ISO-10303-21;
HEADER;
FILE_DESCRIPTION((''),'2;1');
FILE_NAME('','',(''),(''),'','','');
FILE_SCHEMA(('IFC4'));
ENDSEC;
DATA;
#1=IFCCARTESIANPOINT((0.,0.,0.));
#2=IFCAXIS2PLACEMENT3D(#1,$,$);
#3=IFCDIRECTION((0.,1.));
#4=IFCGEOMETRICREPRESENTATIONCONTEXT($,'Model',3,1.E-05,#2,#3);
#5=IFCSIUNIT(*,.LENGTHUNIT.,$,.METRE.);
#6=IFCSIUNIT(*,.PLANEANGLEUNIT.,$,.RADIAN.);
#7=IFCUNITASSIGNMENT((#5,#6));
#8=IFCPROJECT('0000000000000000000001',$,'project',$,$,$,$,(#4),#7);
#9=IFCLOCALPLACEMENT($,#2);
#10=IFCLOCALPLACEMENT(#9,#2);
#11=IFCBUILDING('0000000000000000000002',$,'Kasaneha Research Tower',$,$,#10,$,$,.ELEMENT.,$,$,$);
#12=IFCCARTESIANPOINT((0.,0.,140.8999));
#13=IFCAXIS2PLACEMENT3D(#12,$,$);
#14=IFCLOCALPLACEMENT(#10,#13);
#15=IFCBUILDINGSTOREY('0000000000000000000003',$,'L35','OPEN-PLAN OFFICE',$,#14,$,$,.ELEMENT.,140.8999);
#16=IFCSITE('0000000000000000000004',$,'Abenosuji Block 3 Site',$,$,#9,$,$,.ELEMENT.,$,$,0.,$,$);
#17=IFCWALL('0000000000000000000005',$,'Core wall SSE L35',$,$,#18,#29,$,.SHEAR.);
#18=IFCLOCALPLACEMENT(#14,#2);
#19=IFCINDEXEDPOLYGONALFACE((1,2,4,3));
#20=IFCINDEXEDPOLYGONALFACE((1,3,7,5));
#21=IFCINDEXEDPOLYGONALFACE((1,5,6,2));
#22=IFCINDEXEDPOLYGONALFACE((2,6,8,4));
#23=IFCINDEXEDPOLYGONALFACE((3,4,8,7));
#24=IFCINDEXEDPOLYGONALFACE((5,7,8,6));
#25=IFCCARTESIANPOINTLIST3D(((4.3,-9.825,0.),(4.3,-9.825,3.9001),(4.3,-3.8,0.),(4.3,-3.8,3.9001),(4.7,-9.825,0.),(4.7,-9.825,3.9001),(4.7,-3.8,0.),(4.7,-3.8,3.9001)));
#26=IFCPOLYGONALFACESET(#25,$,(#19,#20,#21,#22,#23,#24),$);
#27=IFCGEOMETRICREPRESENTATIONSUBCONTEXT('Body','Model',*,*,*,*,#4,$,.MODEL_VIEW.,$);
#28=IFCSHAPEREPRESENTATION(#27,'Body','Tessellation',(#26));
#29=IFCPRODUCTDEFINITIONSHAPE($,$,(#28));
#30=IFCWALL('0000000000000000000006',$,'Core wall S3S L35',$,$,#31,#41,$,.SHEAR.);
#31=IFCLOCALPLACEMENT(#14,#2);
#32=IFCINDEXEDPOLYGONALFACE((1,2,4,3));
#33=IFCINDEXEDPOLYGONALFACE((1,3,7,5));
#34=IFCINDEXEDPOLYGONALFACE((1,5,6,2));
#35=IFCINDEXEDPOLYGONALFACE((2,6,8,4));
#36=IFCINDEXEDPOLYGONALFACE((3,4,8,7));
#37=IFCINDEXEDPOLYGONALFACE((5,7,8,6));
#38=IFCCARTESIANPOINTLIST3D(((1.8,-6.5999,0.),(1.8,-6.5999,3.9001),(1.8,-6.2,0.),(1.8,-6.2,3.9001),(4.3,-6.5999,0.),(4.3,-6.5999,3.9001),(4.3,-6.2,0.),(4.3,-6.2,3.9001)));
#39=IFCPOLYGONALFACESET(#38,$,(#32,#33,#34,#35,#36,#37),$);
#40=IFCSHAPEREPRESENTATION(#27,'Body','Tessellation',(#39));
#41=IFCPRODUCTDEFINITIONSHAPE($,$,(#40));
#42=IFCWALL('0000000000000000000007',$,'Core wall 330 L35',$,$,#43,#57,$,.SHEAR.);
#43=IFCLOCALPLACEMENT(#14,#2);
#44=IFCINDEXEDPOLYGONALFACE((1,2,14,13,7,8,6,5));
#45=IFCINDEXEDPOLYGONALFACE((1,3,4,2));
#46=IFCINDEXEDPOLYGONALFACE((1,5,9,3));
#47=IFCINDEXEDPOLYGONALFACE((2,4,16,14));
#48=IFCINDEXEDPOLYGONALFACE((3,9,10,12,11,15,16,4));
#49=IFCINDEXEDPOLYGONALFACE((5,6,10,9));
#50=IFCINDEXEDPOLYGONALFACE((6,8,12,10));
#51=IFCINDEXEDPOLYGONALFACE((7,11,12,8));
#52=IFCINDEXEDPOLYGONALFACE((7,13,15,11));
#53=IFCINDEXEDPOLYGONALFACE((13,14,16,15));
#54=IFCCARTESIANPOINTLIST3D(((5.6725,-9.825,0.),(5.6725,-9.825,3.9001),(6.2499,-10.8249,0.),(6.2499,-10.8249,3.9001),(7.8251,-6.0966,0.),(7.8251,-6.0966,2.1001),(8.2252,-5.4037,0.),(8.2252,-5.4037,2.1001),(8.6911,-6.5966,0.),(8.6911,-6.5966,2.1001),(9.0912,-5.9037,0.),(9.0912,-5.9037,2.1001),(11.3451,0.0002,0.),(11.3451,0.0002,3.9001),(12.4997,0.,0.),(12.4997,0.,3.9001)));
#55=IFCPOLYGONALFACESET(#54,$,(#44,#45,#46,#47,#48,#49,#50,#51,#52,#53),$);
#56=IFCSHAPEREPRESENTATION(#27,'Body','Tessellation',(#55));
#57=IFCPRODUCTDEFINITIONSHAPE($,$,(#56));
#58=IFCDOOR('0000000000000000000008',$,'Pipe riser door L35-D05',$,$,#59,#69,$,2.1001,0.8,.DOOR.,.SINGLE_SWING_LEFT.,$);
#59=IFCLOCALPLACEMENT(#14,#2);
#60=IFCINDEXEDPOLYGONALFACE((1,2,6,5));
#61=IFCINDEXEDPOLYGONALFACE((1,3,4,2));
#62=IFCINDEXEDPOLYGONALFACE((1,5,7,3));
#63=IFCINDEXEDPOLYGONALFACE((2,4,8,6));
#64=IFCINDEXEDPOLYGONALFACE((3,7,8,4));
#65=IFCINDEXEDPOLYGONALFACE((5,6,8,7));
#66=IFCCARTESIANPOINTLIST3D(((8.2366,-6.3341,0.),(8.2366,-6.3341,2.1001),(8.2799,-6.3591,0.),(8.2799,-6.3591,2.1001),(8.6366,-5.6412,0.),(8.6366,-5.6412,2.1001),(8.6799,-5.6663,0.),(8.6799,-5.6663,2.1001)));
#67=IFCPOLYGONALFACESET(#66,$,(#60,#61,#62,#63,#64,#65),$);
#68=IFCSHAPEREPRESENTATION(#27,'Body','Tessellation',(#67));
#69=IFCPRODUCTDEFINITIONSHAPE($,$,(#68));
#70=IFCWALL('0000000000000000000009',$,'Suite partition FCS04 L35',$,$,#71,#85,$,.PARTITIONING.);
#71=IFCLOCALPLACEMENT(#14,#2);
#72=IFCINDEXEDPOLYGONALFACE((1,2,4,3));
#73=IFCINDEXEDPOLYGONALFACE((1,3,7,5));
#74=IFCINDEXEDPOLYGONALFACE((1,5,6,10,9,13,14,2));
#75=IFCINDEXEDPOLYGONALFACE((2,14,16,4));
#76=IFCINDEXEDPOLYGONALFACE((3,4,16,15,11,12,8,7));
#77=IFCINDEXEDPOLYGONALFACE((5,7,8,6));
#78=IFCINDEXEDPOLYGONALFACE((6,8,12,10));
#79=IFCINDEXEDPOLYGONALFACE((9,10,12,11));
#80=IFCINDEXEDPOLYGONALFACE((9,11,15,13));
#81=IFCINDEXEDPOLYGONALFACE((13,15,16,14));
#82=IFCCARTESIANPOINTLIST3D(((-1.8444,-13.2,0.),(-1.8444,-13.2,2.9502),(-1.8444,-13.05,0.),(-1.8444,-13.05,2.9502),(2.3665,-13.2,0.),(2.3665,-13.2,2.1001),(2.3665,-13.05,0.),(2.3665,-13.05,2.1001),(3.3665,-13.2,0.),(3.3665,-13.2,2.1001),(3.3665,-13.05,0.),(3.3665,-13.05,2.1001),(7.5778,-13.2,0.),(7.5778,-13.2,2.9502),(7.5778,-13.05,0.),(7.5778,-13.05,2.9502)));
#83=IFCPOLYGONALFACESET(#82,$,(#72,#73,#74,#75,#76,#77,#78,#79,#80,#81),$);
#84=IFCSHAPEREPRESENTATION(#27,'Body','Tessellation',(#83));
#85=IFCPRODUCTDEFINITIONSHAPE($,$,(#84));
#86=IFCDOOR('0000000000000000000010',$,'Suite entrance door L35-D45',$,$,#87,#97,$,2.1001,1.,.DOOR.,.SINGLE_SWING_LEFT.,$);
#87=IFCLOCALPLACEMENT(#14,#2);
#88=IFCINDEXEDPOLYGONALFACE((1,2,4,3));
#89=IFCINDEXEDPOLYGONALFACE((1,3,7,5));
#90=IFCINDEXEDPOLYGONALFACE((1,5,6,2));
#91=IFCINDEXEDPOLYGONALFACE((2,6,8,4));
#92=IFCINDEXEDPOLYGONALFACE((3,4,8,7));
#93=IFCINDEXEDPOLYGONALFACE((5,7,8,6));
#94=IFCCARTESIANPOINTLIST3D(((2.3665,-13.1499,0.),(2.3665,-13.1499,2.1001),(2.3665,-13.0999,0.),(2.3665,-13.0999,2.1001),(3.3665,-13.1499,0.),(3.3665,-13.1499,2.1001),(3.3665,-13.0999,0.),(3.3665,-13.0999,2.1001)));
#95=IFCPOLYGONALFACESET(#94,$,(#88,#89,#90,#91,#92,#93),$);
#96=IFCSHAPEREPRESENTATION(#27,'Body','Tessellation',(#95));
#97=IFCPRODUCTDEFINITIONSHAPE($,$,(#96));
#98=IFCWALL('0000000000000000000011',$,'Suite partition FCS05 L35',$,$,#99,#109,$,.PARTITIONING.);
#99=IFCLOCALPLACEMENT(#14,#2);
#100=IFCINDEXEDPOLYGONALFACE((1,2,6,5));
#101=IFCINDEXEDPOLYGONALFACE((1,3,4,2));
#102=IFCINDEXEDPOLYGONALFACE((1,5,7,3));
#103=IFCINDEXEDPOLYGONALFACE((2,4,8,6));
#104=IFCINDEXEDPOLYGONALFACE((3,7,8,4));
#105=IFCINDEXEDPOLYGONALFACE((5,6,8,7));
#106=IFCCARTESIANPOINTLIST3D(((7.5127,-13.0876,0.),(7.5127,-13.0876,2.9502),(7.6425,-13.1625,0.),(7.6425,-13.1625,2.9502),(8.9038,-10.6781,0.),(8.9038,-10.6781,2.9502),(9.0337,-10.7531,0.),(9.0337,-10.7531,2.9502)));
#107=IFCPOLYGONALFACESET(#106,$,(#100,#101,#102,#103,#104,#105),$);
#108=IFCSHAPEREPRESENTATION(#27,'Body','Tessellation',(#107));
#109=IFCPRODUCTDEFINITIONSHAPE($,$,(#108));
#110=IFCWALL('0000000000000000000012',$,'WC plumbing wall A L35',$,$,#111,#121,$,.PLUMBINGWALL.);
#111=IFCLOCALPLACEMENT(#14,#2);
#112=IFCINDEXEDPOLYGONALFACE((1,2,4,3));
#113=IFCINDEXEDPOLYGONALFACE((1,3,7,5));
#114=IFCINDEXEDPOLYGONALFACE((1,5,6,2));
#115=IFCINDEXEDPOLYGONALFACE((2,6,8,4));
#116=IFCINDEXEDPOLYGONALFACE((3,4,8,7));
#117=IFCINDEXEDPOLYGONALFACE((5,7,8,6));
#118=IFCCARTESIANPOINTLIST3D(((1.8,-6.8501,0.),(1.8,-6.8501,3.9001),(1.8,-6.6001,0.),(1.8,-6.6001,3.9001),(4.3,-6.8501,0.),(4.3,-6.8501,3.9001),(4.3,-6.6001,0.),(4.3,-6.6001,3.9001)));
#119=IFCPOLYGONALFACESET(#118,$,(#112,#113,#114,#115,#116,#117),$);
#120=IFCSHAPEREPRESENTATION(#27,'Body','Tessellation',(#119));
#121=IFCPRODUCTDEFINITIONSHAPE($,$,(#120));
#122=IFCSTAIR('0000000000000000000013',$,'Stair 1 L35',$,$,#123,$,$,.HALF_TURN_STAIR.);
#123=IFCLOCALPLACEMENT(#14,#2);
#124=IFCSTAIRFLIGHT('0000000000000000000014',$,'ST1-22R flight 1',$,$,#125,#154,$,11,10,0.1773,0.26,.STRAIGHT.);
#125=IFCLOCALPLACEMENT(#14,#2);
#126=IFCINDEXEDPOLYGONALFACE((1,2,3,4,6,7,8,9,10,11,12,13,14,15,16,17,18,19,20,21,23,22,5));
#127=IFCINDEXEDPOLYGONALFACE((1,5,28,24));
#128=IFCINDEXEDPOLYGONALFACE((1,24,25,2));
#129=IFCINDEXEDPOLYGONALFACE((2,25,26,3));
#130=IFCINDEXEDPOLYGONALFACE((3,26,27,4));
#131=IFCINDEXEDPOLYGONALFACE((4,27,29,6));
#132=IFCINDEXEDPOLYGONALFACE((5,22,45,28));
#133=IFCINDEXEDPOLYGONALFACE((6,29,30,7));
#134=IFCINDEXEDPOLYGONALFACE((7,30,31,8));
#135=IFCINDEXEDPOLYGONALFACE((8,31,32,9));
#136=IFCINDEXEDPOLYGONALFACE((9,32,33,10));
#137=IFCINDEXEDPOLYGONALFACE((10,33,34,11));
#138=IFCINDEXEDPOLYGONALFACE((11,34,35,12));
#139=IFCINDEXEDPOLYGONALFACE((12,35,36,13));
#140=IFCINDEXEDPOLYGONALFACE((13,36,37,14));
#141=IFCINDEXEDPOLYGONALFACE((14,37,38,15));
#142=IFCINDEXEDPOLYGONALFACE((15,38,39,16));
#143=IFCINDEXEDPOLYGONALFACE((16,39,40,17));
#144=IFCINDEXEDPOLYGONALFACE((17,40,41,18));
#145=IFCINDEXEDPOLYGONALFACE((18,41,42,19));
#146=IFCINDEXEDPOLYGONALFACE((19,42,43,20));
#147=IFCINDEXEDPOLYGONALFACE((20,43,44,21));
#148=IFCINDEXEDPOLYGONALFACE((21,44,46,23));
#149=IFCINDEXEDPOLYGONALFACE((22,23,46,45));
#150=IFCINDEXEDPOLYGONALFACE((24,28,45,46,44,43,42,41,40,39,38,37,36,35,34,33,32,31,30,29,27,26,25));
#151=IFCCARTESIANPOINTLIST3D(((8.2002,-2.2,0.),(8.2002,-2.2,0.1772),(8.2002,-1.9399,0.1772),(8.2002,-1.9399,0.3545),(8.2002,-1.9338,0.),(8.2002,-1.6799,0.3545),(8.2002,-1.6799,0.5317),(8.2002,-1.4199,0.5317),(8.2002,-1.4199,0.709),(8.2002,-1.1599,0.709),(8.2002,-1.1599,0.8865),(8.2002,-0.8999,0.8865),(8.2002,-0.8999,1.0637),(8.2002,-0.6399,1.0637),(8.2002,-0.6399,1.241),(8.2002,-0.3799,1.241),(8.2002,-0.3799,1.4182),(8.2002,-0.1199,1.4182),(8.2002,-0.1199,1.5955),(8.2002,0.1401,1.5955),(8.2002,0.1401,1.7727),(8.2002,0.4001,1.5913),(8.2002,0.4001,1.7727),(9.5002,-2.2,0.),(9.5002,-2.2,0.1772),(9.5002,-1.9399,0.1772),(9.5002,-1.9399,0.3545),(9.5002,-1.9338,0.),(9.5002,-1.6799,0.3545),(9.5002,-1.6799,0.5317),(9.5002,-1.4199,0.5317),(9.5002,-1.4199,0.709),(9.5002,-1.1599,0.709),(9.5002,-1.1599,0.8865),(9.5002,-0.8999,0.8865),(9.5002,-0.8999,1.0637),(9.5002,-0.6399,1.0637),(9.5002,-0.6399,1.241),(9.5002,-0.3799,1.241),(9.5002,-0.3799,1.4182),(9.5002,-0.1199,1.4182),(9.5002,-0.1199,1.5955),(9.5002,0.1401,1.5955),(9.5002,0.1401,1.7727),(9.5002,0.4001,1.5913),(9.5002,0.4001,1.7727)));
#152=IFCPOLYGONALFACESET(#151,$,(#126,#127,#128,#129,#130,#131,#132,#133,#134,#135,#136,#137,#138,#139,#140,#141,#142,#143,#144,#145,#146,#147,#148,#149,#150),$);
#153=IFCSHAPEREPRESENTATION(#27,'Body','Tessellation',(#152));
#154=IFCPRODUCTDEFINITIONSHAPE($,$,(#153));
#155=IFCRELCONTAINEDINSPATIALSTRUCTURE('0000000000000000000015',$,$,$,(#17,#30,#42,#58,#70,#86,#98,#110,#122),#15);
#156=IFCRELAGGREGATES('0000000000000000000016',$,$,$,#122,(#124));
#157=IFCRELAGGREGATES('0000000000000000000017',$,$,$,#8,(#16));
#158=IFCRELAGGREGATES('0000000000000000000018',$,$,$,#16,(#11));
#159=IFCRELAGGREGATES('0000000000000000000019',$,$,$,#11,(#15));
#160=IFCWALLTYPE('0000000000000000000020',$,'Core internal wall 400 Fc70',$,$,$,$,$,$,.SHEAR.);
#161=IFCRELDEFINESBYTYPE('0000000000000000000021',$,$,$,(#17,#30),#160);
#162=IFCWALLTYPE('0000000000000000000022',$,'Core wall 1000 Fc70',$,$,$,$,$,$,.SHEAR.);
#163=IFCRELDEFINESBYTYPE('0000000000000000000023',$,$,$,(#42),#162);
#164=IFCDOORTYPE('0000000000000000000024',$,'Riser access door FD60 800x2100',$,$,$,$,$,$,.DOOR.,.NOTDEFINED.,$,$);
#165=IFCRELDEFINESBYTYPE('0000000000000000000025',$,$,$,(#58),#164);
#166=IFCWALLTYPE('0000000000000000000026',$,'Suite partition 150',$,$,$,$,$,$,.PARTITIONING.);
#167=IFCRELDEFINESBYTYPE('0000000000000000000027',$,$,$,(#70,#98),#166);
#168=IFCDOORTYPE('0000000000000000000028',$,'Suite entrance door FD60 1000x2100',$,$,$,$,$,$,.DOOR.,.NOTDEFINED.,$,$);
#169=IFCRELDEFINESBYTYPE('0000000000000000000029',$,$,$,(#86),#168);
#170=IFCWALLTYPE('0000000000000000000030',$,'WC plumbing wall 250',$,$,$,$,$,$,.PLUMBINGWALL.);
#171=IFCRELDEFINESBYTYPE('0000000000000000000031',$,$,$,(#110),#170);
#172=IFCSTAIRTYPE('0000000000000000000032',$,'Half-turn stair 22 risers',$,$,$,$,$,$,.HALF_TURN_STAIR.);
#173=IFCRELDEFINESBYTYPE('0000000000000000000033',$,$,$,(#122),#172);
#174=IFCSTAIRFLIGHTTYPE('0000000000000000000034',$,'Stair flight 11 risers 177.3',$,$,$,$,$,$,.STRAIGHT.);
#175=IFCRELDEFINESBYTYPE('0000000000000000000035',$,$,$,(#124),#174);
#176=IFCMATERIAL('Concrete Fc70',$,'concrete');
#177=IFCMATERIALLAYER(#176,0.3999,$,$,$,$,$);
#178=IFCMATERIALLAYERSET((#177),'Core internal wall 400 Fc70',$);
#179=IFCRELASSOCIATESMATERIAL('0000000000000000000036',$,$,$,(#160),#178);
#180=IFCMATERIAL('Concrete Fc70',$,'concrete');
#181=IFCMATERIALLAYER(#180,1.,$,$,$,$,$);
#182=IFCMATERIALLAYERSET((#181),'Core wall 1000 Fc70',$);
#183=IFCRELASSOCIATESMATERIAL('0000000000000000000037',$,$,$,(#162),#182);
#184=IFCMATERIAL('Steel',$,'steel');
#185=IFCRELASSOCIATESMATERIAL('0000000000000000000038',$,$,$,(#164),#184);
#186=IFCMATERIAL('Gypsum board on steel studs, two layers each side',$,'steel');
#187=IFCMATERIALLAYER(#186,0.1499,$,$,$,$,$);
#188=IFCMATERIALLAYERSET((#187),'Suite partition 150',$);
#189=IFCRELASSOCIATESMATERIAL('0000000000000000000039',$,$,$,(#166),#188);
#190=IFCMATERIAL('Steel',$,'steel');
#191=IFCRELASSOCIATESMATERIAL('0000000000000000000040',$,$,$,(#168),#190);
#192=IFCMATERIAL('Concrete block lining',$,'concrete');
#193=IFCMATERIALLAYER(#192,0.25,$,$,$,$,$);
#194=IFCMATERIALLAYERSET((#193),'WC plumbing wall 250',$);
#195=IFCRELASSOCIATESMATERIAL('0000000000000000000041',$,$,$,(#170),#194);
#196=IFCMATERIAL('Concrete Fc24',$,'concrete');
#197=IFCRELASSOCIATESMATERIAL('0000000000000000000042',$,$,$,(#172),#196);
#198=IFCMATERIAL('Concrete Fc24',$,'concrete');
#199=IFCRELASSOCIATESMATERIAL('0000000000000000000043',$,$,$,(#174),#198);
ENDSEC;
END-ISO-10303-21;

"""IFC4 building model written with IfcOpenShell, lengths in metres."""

from ifc_helpers import new_model, si_unit, direction, frame, frame_2d, origin, place, context, subcontext, project, spatial, polyline, rectangle, outline, extrude, material, layer, layer_set, type_object, element, fill, aggregate, save


model = new_model("IFC4")

# Units and contexts
model_context = context("Model", 3, precision=1e-05, world=origin(), true_north=direction((0.0, 1.0)))
body_context = subcontext(model_context, "Body", "Model", "MODEL_VIEW")
ifc_project = project(units=[si_unit("LENGTHUNIT", "METRE"), si_unit("PLANEANGLEUNIT", "RADIAN")], contexts=[model_context])

# Site, building, storey
site_placement = place(None, origin())
site = spatial("IfcSite", under=ifc_project, at=site_placement, Name="Abenosuji Block 3 Site", CompositionType="ELEMENT", RefElevation=0.0)
building_placement = place(site_placement, origin())
building = spatial("IfcBuilding", under=site, at=building_placement, Name="Kasaneha Research Tower", CompositionType="ELEMENT")
storey_placement = place(building_placement, frame((0.0, 0.0, 140.8999)))
storey = spatial("IfcBuildingStorey", under=building, at=storey_placement, Name="L35", Description="OPEN-PLAN OFFICE", CompositionType="ELEMENT", Elevation=140.8999)

# Shared definitions
ifc_material_1 = material(Name="Concrete Fc70", Category="concrete")
ifc_layer_1 = layer(ifc_material_1, 0.3999)
ifc_layer_set_1 = layer_set([ifc_layer_1], Name="Core internal wall 400 Fc70")
wall_type_1 = type_object("IfcWallType", Name="Core internal wall 400 Fc70", PredefinedType="SHEAR", material=ifc_layer_set_1)

# Walls
wall_1_placement = place(storey_placement, frame((4.5, -3.8, 0.0), z_axis=(0.0, 0.0, 1.0), x_axis=(0.0, -1.0, 0.0)))
element("IfcWall", 1, at=wall_1_placement, inside=storey, type_object=wall_type_1, Name="Core wall SSE L35", PredefinedType="SHEAR", context=body_context, shape_type="SweptSolid", body=[
    extrude(rectangle(XDim=6.0249, YDim=0.3999, at=frame_2d((3.0125, 0.0))), origin(), (0.0, 0.0, 1.0), 3.9001),
])
wall_2_placement = place(storey_placement, frame((1.8, -6.3999, 0.0), z_axis=(0.0, 0.0, 1.0), x_axis=(1.0, 0.0, 0.0)))
element("IfcWall", 2, at=wall_2_placement, inside=storey, type_object=wall_type_1, Name="Core wall S3S L35", PredefinedType="SHEAR", context=body_context, shape_type="SweptSolid", body=[
    extrude(rectangle(XDim=2.5, YDim=0.3999, at=frame_2d((1.25, 0.0))), origin(), (0.0, 0.0, 1.0), 3.9001),
])

# Walls, openings, doors
ifc_material_2 = material(Name="Concrete Fc70", Category="concrete")
ifc_layer_2 = layer(ifc_material_2, 1.0)
ifc_layer_set_2 = layer_set([ifc_layer_2], Name="Core wall 1000 Fc70")
wall_type_2 = type_object("IfcWallType", Name="Core wall 1000 Fc70", PredefinedType="SHEAR", material=ifc_layer_set_2)
wall_3_placement = place(storey_placement, frame((5.9612, -10.325, 0.0), z_axis=(0.0, 0.0, 1.0), x_axis=(0.500004, 0.866023, 0.0)))
wall_3 = element("IfcWall", 3, at=wall_3_placement, inside=storey, type_object=wall_type_2, Name="Core wall 330 L35", PredefinedType="SHEAR", context=body_context, shape_type="SweptSolid", body=[
    extrude(outline(polyline([(-0.2886, -0.5), (4.594, -0.5), (5.394, -0.5), (12.2109, -0.5), (11.6338, 0.5), (5.394, 0.5), (4.594, 0.5), (0.2886, 0.5), (-0.2886, -0.5)])), origin(), (0.0, 0.0, 1.0), 3.9001),
])
opening_1_placement = place(wall_3_placement, frame((4.594, 0.0, 0.0)))
opening_1 = element("IfcOpeningElement", 4, at=opening_1_placement, cuts=wall_3, PredefinedType="OPENING", context=body_context, shape_type="SweptSolid", body=[
    extrude(rectangle(XDim=0.8, YDim=2.1001, at=frame_2d((0.3999, 1.05))), frame((0.0, 0.51, 0.0), z_axis=(0.0, -1.0, 0.0), x_axis=(1.0, 0.0, 0.0)), (0.0, 0.0, 1.0), 1.02),
])
ifc_material_3 = material(Name="Steel", Category="steel")
door_type_1 = type_object("IfcDoorType", Name="Riser access door FD60 800x2100", OperationType="NOTDEFINED", PredefinedType="DOOR", material=ifc_material_3)
door_1_placement = place(opening_1_placement, origin())
door_1 = element("IfcDoor", 5, at=door_1_placement, inside=storey, type_object=door_type_1, Name="Pipe riser door L35-D05", OperationType="SINGLE_SWING_LEFT", OverallHeight=2.1001, OverallWidth=0.8, PredefinedType="DOOR", context=body_context, shape_type="SweptSolid", body=[
    extrude(rectangle(XDim=0.8, YDim=2.1001, at=frame_2d((0.3999, 1.05))), frame((0.0, 0.0249, 0.0), z_axis=(0.0, -1.0, 0.0), x_axis=(1.0, 0.0, 0.0)), (0.0, 0.0, 1.0), 0.05),
])
fill(opening_1, door_1)
ifc_material_4 = material(Name="Gypsum board on steel studs, two layers each side", Category="steel")
ifc_layer_3 = layer(ifc_material_4, 0.1499)
ifc_layer_set_3 = layer_set([ifc_layer_3], Name="Suite partition 150")
wall_type_3 = type_object("IfcWallType", Name="Suite partition 150", PredefinedType="PARTITIONING", material=ifc_layer_set_3)
wall_4_placement = place(storey_placement, frame((7.5776, -13.125, 0.0), z_axis=(0.0, 0.0, 1.0), x_axis=(-1.0, 0.0, 0.0)))
wall_4 = element("IfcWall", 6, at=wall_4_placement, inside=storey, type_object=wall_type_3, Name="Suite partition FCS04 L35", PredefinedType="PARTITIONING", context=body_context, shape_type="SweptSolid", body=[
    extrude(rectangle(XDim=9.4221, YDim=0.1499, at=frame_2d((4.7109, 0.0))), origin(), (0.0, 0.0, 1.0), 2.9502),
])
opening_2_placement = place(wall_4_placement, frame((4.2112, 0.0, 0.0)))
opening_2 = element("IfcOpeningElement", 7, at=opening_2_placement, cuts=wall_4, PredefinedType="OPENING", context=body_context, shape_type="SweptSolid", body=[
    extrude(rectangle(XDim=1.0, YDim=2.1001, at=frame_2d((0.5, 1.05))), frame((0.0, 0.085, 0.0), z_axis=(0.0, -1.0, 0.0), x_axis=(1.0, 0.0, 0.0)), (0.0, 0.0, 1.0), 0.1699),
])
ifc_material_5 = material(Name="Steel", Category="steel")
door_type_2 = type_object("IfcDoorType", Name="Suite entrance door FD60 1000x2100", OperationType="NOTDEFINED", PredefinedType="DOOR", material=ifc_material_5)
door_2_placement = place(opening_2_placement, origin())
door_2 = element("IfcDoor", 8, at=door_2_placement, inside=storey, type_object=door_type_2, Name="Suite entrance door L35-D45", OperationType="SINGLE_SWING_LEFT", OverallHeight=2.1001, OverallWidth=1.0, PredefinedType="DOOR", context=body_context, shape_type="SweptSolid", body=[
    extrude(rectangle(XDim=1.0, YDim=2.1001, at=frame_2d((0.5, 1.05))), frame((0.0, 0.0249, 0.0), z_axis=(0.0, -1.0, 0.0), x_axis=(1.0, 0.0, 0.0)), (0.0, 0.0, 1.0), 0.05),
])
fill(opening_2, door_2)

# Walls
wall_5_placement = place(storey_placement, frame((8.9688, -10.7156, 0.0), z_axis=(0.0, 0.0, 1.0), x_axis=(-0.500009, -0.86602, 0.0)))
element("IfcWall", 9, at=wall_5_placement, inside=storey, type_object=wall_type_3, Name="Suite partition FCS05 L35", PredefinedType="PARTITIONING", context=body_context, shape_type="SweptSolid", body=[
    extrude(rectangle(XDim=2.7822, YDim=0.1499, at=frame_2d((1.3911, 0.0))), origin(), (0.0, 0.0, 1.0), 2.9502),
])
ifc_material_6 = material(Name="Concrete block lining", Category="concrete")
ifc_layer_4 = layer(ifc_material_6, 0.25)
ifc_layer_set_4 = layer_set([ifc_layer_4], Name="WC plumbing wall 250")
wall_type_4 = type_object("IfcWallType", Name="WC plumbing wall 250", PredefinedType="PLUMBINGWALL", material=ifc_layer_set_4)
wall_6_placement = place(storey_placement, frame((1.8, -6.7251, 0.0), z_axis=(0.0, 0.0, 1.0), x_axis=(1.0, 0.0, 0.0)))
element("IfcWall", 10, at=wall_6_placement, inside=storey, type_object=wall_type_4, Name="WC plumbing wall A L35", PredefinedType="PLUMBINGWALL", context=body_context, shape_type="SweptSolid", body=[
    extrude(rectangle(XDim=2.5, YDim=0.25, at=frame_2d((1.25, 0.0))), origin(), (0.0, 0.0, 1.0), 3.9001),
])

# Stair, stair flight
ifc_material_7 = material(Name="Concrete Fc24", Category="concrete")
stair_type = type_object("IfcStairType", Name="Half-turn stair 22 risers", PredefinedType="HALF_TURN_STAIR", material=ifc_material_7)
stair_placement = place(storey_placement, origin())
stair = element("IfcStair", 11, at=stair_placement, inside=storey, type_object=stair_type, Name="Stair 1 L35", PredefinedType="HALF_TURN_STAIR")
ifc_material_8 = material(Name="Concrete Fc24", Category="concrete")
stair_flight_type = type_object("IfcStairFlightType", Name="Stair flight 11 risers 177.3", PredefinedType="STRAIGHT", material=ifc_material_8)
stair_flight_placement = place(storey_placement, frame((8.8501, -2.2, 0.0), z_axis=(0.0, 0.0, 1.0), x_axis=(0.0, 1.0, 0.0)))
stair_flight = element("IfcStairFlight", 12, at=stair_flight_placement, type_object=stair_flight_type, Name="ST1-22R flight 1", NumberOfRisers=11, NumberOfTreads=10, PredefinedType="STRAIGHT", RiserHeight=0.1773, TreadLength=0.26, context=body_context, shape_type="SweptSolid", body=[
    extrude(outline(polyline([(0.0, 0.0), (0.0, 0.1772), (0.26, 0.1772), (0.26, 0.3545), (0.52, 0.3545), (0.52, 0.5317), (0.78, 0.5317), (0.78, 0.709), (1.04, 0.709), (1.04, 0.8865), (1.3, 0.8865), (1.3, 1.0637), (1.5601, 1.0637), (1.5601, 1.241), (1.8201, 1.241), (1.8201, 1.4182), (2.0801, 1.4182), (2.0801, 1.5955), (2.3401, 1.5955), (2.3401, 1.7727), (2.6001, 1.7727), (2.6001, 1.95), (2.6001, 1.5913), (0.2661, 0.0), (0.0, 0.0)])), frame((0.0, 0.6499, 0.0), z_axis=(0.0, -1.0, 0.0), x_axis=(1.0, 0.0, 0.0)), (0.0, 0.0, 1.0), 1.3),
])
aggregate(stair, [stair_flight])

save(model, "model.ifc")
